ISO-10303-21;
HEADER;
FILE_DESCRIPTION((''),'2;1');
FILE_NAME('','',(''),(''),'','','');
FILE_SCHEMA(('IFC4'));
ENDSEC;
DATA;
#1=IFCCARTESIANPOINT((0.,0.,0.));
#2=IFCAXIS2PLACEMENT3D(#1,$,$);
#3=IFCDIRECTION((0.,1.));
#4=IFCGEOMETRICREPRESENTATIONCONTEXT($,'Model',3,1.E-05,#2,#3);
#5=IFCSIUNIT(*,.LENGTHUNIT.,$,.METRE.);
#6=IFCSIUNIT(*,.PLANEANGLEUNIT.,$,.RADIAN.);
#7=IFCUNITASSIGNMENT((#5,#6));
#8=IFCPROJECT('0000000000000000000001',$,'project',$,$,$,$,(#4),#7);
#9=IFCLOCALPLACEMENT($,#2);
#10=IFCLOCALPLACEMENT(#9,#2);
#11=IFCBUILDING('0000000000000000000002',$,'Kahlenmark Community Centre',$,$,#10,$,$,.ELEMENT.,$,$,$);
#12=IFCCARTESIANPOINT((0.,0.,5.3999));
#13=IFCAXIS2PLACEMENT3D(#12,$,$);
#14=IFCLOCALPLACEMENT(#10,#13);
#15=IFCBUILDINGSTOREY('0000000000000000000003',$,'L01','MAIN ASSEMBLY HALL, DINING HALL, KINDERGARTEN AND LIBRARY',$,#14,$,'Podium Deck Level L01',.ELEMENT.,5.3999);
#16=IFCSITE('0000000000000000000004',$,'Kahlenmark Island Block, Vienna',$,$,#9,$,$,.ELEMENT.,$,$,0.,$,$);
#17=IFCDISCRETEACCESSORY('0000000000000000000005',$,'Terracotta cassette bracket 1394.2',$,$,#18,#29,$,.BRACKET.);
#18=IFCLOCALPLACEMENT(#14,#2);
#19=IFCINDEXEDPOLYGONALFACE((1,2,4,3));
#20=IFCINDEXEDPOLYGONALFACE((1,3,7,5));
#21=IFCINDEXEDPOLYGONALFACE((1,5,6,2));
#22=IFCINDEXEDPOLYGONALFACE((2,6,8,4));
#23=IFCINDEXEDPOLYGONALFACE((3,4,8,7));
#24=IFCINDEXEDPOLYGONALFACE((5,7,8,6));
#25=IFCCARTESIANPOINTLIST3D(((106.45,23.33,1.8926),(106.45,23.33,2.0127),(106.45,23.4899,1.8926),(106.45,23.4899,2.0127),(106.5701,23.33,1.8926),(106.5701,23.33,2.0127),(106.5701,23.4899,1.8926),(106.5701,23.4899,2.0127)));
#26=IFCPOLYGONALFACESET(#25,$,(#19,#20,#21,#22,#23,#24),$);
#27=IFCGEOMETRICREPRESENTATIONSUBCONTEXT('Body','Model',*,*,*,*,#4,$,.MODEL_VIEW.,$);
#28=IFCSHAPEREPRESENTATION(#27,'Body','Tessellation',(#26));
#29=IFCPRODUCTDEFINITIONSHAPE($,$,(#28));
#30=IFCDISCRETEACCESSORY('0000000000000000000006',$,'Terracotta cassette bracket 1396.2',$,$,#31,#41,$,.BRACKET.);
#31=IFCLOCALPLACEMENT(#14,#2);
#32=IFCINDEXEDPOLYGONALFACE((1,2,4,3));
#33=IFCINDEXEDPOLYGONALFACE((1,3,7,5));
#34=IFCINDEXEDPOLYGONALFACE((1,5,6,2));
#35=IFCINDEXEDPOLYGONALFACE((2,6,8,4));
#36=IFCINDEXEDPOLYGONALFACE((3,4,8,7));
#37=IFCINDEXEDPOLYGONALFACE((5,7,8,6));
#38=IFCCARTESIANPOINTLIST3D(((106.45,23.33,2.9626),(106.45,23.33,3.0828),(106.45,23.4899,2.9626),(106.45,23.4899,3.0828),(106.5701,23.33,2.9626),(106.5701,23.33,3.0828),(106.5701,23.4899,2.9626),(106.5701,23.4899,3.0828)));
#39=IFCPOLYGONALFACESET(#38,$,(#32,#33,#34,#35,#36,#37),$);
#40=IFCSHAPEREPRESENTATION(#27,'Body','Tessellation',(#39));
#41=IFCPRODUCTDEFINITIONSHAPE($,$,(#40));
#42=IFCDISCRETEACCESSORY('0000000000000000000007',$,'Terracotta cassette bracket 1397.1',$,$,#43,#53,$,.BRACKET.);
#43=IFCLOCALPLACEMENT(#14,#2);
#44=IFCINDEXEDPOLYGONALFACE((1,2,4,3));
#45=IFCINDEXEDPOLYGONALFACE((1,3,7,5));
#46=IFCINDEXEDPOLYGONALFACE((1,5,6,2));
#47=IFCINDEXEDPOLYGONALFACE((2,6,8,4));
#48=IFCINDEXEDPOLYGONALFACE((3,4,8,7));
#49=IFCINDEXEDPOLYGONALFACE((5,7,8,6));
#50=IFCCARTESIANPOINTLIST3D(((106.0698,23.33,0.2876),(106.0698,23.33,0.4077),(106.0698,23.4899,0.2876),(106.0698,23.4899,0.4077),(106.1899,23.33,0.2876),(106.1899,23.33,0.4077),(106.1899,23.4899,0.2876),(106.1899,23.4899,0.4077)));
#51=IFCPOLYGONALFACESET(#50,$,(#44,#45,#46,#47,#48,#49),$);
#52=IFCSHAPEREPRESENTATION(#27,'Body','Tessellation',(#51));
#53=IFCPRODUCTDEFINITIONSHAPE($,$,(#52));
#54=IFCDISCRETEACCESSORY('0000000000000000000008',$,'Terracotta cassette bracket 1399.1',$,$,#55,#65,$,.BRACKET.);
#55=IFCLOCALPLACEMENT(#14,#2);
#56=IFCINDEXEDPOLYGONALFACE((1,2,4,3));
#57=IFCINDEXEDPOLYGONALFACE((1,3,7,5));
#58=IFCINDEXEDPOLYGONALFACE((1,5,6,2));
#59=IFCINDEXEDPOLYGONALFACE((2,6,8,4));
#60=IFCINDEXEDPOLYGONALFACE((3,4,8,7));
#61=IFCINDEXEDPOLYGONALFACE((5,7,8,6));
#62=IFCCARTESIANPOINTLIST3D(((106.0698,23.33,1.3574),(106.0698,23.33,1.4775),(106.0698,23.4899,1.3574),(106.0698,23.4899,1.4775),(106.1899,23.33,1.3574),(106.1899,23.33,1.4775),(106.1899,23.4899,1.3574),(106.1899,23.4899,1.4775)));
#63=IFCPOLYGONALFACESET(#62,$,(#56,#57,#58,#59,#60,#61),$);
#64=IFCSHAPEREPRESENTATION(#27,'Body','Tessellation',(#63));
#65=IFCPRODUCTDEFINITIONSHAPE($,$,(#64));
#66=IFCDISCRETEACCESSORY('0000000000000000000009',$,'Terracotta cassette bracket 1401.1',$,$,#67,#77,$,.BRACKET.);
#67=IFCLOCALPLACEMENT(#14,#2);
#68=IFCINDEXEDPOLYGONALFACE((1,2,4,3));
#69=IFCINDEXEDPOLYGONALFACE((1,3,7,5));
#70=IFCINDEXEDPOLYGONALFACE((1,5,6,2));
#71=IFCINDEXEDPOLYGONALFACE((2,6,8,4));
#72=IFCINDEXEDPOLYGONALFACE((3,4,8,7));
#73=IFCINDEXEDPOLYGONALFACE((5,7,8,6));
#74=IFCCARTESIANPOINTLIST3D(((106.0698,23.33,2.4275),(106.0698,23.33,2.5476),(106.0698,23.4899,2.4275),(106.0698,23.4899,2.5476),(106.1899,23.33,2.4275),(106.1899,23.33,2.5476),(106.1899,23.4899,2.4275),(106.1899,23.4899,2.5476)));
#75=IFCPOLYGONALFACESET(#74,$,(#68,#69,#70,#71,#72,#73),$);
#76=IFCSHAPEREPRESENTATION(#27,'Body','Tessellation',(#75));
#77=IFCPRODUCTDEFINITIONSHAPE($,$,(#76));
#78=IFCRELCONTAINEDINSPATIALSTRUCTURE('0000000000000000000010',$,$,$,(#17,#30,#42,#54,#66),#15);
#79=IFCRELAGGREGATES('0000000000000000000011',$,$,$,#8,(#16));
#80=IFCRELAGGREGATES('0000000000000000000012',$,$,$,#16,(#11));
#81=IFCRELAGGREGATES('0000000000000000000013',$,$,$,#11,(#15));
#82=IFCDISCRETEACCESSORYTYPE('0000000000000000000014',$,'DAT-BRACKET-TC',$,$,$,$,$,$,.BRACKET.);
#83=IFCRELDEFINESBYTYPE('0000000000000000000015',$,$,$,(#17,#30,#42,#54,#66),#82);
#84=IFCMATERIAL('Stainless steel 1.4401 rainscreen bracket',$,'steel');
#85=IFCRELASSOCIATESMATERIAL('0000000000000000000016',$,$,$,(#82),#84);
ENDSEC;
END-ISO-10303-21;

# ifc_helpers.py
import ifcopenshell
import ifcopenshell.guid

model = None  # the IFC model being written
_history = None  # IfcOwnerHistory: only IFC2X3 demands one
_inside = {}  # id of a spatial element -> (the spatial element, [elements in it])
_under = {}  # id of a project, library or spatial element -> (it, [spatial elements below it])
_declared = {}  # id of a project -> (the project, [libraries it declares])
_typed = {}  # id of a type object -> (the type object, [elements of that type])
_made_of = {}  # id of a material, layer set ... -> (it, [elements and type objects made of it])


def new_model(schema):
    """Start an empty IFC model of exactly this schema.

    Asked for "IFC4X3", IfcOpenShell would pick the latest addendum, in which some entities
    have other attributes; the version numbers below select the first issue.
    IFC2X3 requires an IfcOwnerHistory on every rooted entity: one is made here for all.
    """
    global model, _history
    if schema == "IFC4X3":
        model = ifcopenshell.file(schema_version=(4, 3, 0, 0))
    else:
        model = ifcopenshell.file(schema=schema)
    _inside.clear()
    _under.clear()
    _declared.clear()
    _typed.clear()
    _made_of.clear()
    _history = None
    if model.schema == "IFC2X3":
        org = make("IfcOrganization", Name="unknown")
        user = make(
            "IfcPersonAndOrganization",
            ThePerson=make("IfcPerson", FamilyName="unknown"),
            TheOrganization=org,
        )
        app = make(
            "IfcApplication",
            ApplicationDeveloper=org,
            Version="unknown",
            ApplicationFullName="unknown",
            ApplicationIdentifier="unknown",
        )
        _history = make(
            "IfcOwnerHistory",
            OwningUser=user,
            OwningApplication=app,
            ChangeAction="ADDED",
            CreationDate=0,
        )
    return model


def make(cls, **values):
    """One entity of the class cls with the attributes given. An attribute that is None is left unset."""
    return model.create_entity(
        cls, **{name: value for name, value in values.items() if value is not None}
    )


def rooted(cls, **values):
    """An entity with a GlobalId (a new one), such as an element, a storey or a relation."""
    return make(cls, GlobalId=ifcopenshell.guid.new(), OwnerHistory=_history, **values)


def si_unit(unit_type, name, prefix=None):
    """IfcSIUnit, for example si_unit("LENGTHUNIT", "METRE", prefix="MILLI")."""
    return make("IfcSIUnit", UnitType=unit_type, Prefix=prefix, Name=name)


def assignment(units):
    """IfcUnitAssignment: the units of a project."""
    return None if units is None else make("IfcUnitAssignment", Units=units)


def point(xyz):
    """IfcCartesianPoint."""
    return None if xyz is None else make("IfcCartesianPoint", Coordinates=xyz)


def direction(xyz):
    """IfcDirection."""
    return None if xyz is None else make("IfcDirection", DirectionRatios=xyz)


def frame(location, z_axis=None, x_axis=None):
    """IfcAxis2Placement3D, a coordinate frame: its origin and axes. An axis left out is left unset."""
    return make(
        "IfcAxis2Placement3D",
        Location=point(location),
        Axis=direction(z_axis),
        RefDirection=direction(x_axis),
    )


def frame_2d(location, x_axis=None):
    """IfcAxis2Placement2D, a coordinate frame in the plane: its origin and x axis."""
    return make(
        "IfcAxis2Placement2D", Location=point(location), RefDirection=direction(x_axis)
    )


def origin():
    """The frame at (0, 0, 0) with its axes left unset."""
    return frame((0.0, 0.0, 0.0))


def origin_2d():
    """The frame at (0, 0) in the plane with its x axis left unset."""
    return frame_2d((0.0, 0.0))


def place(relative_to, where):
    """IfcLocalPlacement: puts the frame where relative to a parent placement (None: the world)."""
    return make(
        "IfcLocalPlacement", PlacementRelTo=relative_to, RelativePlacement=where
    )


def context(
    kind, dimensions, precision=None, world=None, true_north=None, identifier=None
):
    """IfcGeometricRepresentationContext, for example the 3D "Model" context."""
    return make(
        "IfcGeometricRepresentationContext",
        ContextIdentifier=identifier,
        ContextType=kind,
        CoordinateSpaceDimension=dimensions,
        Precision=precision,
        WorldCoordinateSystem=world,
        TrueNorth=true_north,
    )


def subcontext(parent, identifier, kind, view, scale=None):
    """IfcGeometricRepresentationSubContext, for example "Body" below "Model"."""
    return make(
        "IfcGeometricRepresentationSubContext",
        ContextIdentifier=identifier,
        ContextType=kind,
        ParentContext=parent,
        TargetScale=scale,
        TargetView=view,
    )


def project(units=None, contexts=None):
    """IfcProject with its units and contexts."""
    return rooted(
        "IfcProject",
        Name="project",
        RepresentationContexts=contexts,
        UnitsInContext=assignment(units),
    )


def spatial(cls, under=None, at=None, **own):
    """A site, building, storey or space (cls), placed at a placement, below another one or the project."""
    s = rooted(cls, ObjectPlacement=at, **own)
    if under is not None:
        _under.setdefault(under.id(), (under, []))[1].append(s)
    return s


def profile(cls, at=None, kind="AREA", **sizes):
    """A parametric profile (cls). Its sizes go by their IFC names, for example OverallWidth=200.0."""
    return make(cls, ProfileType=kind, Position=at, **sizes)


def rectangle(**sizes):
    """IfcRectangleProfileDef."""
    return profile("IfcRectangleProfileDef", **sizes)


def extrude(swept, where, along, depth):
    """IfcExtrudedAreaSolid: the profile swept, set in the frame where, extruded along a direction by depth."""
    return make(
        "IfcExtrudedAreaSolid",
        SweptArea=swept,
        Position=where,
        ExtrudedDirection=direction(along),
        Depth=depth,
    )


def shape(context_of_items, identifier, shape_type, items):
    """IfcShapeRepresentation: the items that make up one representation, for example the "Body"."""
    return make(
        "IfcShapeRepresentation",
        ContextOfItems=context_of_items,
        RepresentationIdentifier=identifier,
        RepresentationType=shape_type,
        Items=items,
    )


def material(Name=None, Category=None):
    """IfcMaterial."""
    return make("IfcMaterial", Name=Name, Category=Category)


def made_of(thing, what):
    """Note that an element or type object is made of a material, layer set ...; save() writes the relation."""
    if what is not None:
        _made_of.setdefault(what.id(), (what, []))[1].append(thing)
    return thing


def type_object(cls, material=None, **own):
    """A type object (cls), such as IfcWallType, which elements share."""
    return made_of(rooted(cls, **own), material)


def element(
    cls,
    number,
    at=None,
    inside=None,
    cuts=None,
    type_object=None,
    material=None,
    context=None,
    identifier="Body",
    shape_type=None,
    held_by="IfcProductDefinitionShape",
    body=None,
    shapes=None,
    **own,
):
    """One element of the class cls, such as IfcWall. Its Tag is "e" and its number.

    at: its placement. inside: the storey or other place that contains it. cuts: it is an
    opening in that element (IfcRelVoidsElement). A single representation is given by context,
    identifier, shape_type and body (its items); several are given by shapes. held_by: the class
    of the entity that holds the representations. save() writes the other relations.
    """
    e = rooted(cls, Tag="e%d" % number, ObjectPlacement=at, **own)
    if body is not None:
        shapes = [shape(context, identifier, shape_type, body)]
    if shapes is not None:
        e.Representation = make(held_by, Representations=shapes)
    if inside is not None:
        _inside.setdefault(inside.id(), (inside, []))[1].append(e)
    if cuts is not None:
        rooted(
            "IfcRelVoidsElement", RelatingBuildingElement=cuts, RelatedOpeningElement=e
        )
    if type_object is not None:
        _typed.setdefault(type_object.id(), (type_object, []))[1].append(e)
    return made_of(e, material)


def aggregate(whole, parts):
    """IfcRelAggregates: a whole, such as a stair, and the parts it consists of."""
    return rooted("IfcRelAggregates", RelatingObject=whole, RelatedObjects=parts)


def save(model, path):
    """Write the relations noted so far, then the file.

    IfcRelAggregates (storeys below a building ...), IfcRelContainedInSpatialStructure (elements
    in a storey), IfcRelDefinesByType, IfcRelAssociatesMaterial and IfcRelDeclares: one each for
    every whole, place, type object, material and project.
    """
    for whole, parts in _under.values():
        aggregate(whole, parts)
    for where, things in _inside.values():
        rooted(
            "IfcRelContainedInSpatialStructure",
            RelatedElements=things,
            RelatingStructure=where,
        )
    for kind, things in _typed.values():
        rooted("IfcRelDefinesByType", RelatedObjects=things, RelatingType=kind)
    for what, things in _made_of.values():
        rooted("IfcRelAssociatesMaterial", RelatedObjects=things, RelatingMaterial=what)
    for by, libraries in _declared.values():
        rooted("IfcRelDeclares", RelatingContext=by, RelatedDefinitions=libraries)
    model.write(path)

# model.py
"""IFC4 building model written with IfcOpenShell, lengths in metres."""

from ifc_helpers import new_model, si_unit, direction, frame, origin, origin_2d, place, context, subcontext, project, spatial, rectangle, extrude, material, type_object, element, save


model = new_model("IFC4")

# Units and contexts
model_context = context("Model", 3, precision=1e-05, world=origin(), true_north=direction((0.0, 1.0)))
body_context = subcontext(model_context, "Body", "Model", "MODEL_VIEW")
ifc_project = project(units=[si_unit("LENGTHUNIT", "METRE"), si_unit("PLANEANGLEUNIT", "RADIAN")], contexts=[model_context])

# Site, building, storey
site_placement = place(None, origin())
site = spatial("IfcSite", under=ifc_project, at=site_placement, Name="Kahlenmark Island Block, Vienna", CompositionType="ELEMENT", RefElevation=0.0)
building_placement = place(site_placement, origin())
building = spatial("IfcBuilding", under=site, at=building_placement, Name="Kahlenmark Community Centre", CompositionType="ELEMENT")
storey_placement = place(building_placement, frame((0.0, 0.0, 5.3999)))
storey = spatial("IfcBuildingStorey", under=building, at=storey_placement, Name="L01", Description="MAIN ASSEMBLY HALL, DINING HALL, KINDERGARTEN AND LIBRARY", LongName="Podium Deck Level L01", CompositionType="ELEMENT", Elevation=5.3999)

# Discrete accessories
ifc_material_1 = material(Name="Stainless steel 1.4401 rainscreen bracket", Category="steel")
discrete_accessory_type = type_object("IfcDiscreteAccessoryType", Name="DAT-BRACKET-TC", PredefinedType="BRACKET", material=ifc_material_1)
for number, where, z_axis, x_axis, name in (
    (1, (106.51, 23.4099, 1.8926), (0.0, 0.0, 1.0), (-1.0, 0.0, 0.0), "Terracotta cassette bracket 1394.2"),
    (2, (106.51, 23.4099, 2.9626), (0.0, 0.0, 1.0), (-1.0, 0.0, 0.0), "Terracotta cassette bracket 1396.2"),
    (3, (106.1299, 23.4099, 0.2876), (0.0, 0.0, 1.0), (-1.0, 0.0, 0.0), "Terracotta cassette bracket 1397.1"),
    (4, (106.1299, 23.4099, 1.3574), (0.0, 0.0, 1.0), (-1.0, 0.0, 0.0), "Terracotta cassette bracket 1399.1"),
    (5, (106.1299, 23.4099, 2.4275), (0.0, 0.0, 1.0), (-1.0, 0.0, 0.0), "Terracotta cassette bracket 1401.1"),
):
    element("IfcDiscreteAccessory", number, at=place(storey_placement, frame(where, z_axis=z_axis, x_axis=x_axis)), inside=storey, type_object=discrete_accessory_type, Name=name, PredefinedType="BRACKET", context=body_context, shape_type="SweptSolid", body=[
        extrude(rectangle(XDim=0.1201, YDim=0.1599, at=origin_2d()), origin(), (0.0, 0.0, 1.0), 0.1201),
    ])

save(model, "model.ifc")
